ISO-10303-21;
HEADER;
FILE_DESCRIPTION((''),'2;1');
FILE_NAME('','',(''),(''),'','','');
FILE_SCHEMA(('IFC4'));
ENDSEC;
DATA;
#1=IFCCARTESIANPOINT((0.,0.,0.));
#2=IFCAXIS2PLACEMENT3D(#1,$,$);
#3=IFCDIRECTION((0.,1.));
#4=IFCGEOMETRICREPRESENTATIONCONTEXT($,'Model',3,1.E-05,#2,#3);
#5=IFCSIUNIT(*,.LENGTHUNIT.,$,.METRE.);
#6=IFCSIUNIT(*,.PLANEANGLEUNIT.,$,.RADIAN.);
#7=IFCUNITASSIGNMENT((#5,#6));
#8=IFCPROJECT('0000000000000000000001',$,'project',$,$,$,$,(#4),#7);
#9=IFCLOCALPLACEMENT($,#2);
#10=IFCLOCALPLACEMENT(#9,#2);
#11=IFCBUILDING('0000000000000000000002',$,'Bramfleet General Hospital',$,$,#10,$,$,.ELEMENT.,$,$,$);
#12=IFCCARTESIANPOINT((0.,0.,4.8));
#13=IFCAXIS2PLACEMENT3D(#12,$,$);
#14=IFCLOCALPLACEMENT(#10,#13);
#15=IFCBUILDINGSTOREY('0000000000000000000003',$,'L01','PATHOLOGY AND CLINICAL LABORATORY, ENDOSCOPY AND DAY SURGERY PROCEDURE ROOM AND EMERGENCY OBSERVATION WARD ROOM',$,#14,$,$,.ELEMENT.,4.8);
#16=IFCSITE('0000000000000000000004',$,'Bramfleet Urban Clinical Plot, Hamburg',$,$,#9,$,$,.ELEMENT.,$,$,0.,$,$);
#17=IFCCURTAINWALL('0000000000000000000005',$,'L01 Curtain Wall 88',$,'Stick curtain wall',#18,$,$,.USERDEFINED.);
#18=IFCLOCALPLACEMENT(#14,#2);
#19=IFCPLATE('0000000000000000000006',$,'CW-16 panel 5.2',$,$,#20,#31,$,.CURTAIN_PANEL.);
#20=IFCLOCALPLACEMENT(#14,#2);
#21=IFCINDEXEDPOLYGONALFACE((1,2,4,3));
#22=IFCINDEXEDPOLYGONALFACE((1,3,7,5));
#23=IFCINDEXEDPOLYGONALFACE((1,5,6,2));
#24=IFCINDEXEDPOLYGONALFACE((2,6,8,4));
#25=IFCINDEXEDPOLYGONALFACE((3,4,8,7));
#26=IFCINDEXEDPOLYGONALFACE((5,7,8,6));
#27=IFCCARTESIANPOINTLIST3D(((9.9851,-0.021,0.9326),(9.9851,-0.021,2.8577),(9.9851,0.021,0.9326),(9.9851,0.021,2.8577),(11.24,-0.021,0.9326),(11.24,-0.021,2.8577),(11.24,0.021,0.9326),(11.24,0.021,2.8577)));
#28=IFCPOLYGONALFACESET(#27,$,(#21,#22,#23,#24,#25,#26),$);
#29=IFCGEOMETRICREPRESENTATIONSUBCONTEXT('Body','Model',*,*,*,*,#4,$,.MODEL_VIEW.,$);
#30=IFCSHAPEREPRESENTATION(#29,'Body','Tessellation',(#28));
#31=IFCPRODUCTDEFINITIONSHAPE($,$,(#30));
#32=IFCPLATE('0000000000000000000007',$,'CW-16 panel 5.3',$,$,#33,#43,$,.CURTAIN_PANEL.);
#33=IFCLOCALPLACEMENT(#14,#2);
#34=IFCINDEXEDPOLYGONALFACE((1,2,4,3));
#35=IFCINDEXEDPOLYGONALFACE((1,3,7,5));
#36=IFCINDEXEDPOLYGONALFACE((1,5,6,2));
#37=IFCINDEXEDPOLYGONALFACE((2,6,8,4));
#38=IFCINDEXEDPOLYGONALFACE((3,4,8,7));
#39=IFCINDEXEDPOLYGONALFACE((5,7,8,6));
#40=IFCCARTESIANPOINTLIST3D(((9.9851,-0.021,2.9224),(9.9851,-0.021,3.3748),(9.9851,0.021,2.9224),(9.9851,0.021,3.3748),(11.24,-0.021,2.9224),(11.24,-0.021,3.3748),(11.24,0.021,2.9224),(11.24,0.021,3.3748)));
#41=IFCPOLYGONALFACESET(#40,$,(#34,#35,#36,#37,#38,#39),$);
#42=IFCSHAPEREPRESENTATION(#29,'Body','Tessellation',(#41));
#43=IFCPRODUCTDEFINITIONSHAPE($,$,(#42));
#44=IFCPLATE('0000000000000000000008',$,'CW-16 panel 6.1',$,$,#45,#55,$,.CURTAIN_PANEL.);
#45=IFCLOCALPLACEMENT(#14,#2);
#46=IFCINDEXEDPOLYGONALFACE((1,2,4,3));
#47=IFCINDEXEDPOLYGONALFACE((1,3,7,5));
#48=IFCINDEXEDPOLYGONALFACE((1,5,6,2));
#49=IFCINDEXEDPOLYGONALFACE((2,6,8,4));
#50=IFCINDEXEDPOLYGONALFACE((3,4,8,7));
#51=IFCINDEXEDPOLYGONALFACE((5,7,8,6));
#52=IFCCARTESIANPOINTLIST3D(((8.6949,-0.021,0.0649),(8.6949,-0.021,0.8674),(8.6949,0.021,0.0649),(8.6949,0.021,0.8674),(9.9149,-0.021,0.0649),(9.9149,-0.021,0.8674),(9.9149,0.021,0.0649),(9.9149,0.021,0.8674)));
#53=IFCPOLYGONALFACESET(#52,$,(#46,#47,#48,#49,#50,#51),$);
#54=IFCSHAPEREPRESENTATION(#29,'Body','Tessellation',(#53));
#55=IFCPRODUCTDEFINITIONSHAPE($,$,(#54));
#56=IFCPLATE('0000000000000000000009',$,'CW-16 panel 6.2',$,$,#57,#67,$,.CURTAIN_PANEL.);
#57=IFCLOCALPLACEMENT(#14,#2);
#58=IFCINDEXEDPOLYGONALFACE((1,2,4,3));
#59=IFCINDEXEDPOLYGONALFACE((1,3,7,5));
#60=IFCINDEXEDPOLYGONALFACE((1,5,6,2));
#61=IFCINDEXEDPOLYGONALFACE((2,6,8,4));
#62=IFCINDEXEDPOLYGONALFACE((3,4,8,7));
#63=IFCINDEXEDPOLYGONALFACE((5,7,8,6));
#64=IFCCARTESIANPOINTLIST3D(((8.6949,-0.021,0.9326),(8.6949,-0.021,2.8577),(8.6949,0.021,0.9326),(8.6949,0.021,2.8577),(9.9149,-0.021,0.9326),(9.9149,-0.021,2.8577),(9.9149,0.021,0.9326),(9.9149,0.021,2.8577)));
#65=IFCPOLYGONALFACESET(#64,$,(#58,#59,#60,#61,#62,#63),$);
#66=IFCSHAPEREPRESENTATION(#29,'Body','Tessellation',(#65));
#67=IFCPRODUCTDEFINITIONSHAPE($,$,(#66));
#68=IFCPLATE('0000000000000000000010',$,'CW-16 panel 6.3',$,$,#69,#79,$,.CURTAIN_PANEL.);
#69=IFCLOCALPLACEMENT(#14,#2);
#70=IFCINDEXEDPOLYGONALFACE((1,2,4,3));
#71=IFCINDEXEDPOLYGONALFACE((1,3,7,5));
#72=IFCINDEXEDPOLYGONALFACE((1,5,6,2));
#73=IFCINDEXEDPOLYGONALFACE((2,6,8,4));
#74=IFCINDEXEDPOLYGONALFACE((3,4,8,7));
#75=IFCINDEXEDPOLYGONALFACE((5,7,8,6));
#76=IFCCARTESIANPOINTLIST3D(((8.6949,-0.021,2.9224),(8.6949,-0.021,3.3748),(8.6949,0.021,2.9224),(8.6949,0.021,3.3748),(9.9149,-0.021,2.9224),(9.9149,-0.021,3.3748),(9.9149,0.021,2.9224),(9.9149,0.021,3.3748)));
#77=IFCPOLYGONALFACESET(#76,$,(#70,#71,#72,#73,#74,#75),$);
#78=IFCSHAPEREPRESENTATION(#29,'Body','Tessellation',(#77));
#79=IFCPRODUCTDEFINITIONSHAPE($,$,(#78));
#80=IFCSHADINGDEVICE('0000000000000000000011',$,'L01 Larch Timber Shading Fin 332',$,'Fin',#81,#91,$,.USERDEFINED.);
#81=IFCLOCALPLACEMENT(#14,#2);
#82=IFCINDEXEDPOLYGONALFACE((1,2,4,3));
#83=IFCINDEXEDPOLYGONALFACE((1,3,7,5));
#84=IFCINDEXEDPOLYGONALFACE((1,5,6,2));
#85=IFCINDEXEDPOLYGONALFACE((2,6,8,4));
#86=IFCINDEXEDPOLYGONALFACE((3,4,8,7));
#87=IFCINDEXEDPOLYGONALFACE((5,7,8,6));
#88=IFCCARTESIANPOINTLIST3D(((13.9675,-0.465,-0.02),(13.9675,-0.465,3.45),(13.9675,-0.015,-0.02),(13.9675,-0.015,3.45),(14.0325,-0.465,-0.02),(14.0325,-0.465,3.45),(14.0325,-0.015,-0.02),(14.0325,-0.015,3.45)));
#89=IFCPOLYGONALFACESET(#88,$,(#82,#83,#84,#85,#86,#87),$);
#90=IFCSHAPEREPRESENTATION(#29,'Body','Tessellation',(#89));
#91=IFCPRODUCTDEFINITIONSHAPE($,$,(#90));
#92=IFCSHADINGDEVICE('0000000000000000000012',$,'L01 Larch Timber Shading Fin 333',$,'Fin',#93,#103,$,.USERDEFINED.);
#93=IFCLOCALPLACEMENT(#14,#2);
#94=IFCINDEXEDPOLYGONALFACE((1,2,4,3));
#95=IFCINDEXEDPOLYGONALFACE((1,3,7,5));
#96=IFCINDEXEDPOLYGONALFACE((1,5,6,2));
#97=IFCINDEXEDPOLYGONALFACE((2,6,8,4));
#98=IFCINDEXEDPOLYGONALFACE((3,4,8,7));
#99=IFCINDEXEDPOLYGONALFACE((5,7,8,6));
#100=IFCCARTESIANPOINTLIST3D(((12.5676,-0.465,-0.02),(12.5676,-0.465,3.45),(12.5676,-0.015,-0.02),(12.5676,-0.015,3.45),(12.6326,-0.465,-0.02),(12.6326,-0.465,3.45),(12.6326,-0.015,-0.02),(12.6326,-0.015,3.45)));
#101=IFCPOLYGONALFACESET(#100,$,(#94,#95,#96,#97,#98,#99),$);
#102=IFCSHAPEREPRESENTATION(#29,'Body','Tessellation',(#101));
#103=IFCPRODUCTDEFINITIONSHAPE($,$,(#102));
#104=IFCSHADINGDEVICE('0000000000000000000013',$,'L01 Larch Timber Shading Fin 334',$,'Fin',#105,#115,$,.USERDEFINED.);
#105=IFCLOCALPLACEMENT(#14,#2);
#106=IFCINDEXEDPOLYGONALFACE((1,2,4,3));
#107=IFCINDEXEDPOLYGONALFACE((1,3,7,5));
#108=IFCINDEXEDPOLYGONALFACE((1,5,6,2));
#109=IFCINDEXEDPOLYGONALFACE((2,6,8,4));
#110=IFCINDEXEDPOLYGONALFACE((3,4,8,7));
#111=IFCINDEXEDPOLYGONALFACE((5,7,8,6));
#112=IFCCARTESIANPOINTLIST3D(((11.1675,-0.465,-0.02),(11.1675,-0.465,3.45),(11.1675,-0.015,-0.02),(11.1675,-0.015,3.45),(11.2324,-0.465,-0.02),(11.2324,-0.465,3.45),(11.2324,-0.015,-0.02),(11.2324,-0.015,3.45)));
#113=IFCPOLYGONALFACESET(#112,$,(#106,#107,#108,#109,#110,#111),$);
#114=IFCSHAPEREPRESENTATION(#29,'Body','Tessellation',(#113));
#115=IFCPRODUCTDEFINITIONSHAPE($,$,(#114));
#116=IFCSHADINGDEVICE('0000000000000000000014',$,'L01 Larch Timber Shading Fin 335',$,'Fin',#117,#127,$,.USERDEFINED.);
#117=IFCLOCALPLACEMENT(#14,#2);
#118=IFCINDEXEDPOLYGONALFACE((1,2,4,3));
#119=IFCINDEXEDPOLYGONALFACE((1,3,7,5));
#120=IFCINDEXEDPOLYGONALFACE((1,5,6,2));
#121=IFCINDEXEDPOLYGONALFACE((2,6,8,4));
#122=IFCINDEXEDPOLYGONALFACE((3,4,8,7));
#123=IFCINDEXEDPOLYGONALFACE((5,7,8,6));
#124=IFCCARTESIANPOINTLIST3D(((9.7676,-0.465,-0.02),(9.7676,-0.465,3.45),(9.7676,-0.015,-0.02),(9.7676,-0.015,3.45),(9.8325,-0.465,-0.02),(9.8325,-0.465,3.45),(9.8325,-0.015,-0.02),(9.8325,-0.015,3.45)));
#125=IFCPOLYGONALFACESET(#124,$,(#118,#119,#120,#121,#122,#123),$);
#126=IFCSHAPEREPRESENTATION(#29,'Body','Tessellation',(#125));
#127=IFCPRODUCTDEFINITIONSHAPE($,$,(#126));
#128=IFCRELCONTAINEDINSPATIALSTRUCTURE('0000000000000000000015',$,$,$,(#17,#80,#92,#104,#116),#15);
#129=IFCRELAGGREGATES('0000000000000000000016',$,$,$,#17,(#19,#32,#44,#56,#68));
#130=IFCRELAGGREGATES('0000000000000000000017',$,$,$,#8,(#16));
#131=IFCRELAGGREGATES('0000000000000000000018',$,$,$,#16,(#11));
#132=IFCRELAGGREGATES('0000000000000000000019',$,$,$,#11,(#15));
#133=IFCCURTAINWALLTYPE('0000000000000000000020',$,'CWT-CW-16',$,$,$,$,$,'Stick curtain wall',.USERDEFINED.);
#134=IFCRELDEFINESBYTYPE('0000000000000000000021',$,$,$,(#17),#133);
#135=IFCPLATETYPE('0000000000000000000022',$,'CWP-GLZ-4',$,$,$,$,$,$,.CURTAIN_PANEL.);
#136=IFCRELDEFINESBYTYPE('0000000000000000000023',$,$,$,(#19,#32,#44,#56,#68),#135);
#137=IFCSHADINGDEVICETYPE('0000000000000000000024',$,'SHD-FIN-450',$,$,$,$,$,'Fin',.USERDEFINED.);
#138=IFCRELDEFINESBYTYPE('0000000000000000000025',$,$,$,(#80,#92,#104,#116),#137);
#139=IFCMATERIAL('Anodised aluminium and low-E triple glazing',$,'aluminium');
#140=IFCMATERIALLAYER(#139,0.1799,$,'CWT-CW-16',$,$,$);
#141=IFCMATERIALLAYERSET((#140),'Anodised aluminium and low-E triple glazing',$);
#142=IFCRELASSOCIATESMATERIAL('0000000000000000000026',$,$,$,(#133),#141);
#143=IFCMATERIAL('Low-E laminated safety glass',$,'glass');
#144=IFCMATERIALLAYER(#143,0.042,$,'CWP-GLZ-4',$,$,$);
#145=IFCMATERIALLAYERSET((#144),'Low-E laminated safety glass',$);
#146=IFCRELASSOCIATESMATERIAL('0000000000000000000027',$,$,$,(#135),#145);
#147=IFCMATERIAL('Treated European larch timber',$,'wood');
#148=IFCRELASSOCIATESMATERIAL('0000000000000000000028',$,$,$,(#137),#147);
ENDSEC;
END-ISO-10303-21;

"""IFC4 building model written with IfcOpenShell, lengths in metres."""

from ifc_helpers import new_model, si_unit, direction, frame, origin, origin_2d, place, context, subcontext, project, spatial, rectangle, extrude, material, layer, layer_set, material_profile, profile_set, type_object, element, aggregate, save


model = new_model("IFC4")

# Units and contexts
model_context = context("Model", 3, precision=1e-05, world=origin(), true_north=direction((0.0, 1.0)))
body_context = subcontext(model_context, "Body", "Model", "MODEL_VIEW")
ifc_project = project(units=[si_unit("LENGTHUNIT", "METRE"), si_unit("PLANEANGLEUNIT", "RADIAN")], contexts=[model_context])

# Site, building, storey
site_placement = place(None, origin())
site = spatial("IfcSite", under=ifc_project, at=site_placement, Name="Bramfleet Urban Clinical Plot, Hamburg", CompositionType="ELEMENT", RefElevation=0.0)
building_placement = place(site_placement, origin())
building = spatial("IfcBuilding", under=site, at=building_placement, Name="Bramfleet General Hospital", CompositionType="ELEMENT")
storey_placement = place(building_placement, frame((0.0, 0.0, 4.8)))
storey = spatial("IfcBuildingStorey", under=building, at=storey_placement, Name="L01", Description="PATHOLOGY AND CLINICAL LABORATORY, ENDOSCOPY AND DAY SURGERY PROCEDURE ROOM AND EMERGENCY OBSERVATION WARD ROOM", CompositionType="ELEMENT", Elevation=4.8)

# Curtain wall, plates
ifc_material_1 = material(Name="Anodised aluminium and low-E triple glazing", Category="aluminium")
ifc_layer_1 = layer(ifc_material_1, 0.1799, Name="CWT-CW-16")
ifc_layer_set_1 = layer_set([ifc_layer_1], Name="Anodised aluminium and low-E triple glazing")
curtain_wall_type = type_object("IfcCurtainWallType", Name="CWT-CW-16", ElementType="Stick curtain wall", PredefinedType="USERDEFINED", material=ifc_layer_set_1)
curtain_wall_placement = place(storey_placement, origin())
curtain_wall = element("IfcCurtainWall", 1, at=curtain_wall_placement, inside=storey, type_object=curtain_wall_type, Name="L01 Curtain Wall 88", ObjectType="Stick curtain wall", PredefinedType="USERDEFINED")
ifc_material_2 = material(Name="Low-E laminated safety glass", Category="glass")
ifc_layer_2 = layer(ifc_material_2, 0.042, Name="CWP-GLZ-4")
ifc_layer_set_2 = layer_set([ifc_layer_2], Name="Low-E laminated safety glass")
plate_type = type_object("IfcPlateType", Name="CWP-GLZ-4", PredefinedType="CURTAIN_PANEL", material=ifc_layer_set_2)
plate_1_placement = place(storey_placement, frame((10.6125, 0.0, 0.9326), z_axis=(0.0, 0.0, 1.0), x_axis=(-1.0, 0.0, 0.0)))
plate_1 = element("IfcPlate", 2, at=plate_1_placement, type_object=plate_type, Name="CW-16 panel 5.2", PredefinedType="CURTAIN_PANEL", context=body_context, shape_type="SweptSolid", body=[
    extrude(rectangle(XDim=1.2549, YDim=0.042, at=origin_2d()), origin(), (0.0, 0.0, 1.0), 1.925),
])
plate_2_placement = place(storey_placement, frame((10.6125, 0.0, 2.9224), z_axis=(0.0, 0.0, 1.0), x_axis=(-1.0, 0.0, 0.0)))
plate_2 = element("IfcPlate", 3, at=plate_2_placement, type_object=plate_type, Name="CW-16 panel 5.3", PredefinedType="CURTAIN_PANEL", context=body_context, shape_type="SweptSolid", body=[
    extrude(rectangle(XDim=1.2549, YDim=0.042, at=origin_2d()), origin(), (0.0, 0.0, 1.0), 0.4524),
])
plate_3_placement = place(storey_placement, frame((9.3049, 0.0, 0.0649), z_axis=(0.0, 0.0, 1.0), x_axis=(-1.0, 0.0, 0.0)))
plate_3 = element("IfcPlate", 4, at=plate_3_placement, type_object=plate_type, Name="CW-16 panel 6.1", PredefinedType="CURTAIN_PANEL", context=body_context, shape_type="SweptSolid", body=[
    extrude(rectangle(XDim=1.22, YDim=0.042, at=origin_2d()), origin(), (0.0, 0.0, 1.0), 0.8025),
])
plate_4_placement = place(storey_placement, frame((9.3049, 0.0, 0.9326), z_axis=(0.0, 0.0, 1.0), x_axis=(-1.0, 0.0, 0.0)))
plate_4 = element("IfcPlate", 5, at=plate_4_placement, type_object=plate_type, Name="CW-16 panel 6.2", PredefinedType="CURTAIN_PANEL", context=body_context, shape_type="SweptSolid", body=[
    extrude(rectangle(XDim=1.22, YDim=0.042, at=origin_2d()), origin(), (0.0, 0.0, 1.0), 1.925),
])
plate_5_placement = place(storey_placement, frame((9.3049, 0.0, 2.9224), z_axis=(0.0, 0.0, 1.0), x_axis=(-1.0, 0.0, 0.0)))
plate_5 = element("IfcPlate", 6, at=plate_5_placement, type_object=plate_type, Name="CW-16 panel 6.3", PredefinedType="CURTAIN_PANEL", context=body_context, shape_type="SweptSolid", body=[
    extrude(rectangle(XDim=1.22, YDim=0.042, at=origin_2d()), origin(), (0.0, 0.0, 1.0), 0.4524),
])
aggregate(curtain_wall, [plate_1, plate_2, plate_3, plate_4, plate_5])

# Shading devices
ifc_material_3 = material(Name="Treated European larch timber", Category="wood")
ifc_material_profile_1 = material_profile(ifc_material_3, rectangle(XDim=0.0649, YDim=0.45, at=origin_2d()), Name="LARCH FIN 450x65")
ifc_profile_set_1 = profile_set([ifc_material_profile_1], Name="Treated European larch timber")
shading_device_type = type_object("IfcShadingDeviceType", Name="SHD-FIN-450", ElementType="Fin", PredefinedType="USERDEFINED", material=ifc_profile_set_1)
for number, where, z_axis, x_axis, name in (
    (7, (14.0, -0.24, -0.02), (0.0, 0.0, 1.0), (-1.0, 0.0, 0.0), "L01 Larch Timber Shading Fin 332"),
    (8, (12.6001, -0.24, -0.02), (0.0, 0.0, 1.0), (-1.0, 0.0, 0.0), "L01 Larch Timber Shading Fin 333"),
    (9, (11.2, -0.24, -0.02), (0.0, 0.0, 1.0), (-1.0, 0.0, 0.0), "L01 Larch Timber Shading Fin 334"),
    (10, (9.8, -0.24, -0.02), (0.0, 0.0, 1.0), (-1.0, 0.0, 0.0), "L01 Larch Timber Shading Fin 335"),
):
    element("IfcShadingDevice", number, at=place(storey_placement, frame(where, z_axis=z_axis, x_axis=x_axis)), inside=storey, type_object=shading_device_type, Name=name, ObjectType="Fin", PredefinedType="USERDEFINED", context=body_context, shape_type="SweptSolid", body=[
        extrude(rectangle(XDim=0.0649, YDim=0.45, at=origin_2d()), origin(), (0.0, 0.0, 1.0), 3.47),
    ])

save(model, "model.ifc")
